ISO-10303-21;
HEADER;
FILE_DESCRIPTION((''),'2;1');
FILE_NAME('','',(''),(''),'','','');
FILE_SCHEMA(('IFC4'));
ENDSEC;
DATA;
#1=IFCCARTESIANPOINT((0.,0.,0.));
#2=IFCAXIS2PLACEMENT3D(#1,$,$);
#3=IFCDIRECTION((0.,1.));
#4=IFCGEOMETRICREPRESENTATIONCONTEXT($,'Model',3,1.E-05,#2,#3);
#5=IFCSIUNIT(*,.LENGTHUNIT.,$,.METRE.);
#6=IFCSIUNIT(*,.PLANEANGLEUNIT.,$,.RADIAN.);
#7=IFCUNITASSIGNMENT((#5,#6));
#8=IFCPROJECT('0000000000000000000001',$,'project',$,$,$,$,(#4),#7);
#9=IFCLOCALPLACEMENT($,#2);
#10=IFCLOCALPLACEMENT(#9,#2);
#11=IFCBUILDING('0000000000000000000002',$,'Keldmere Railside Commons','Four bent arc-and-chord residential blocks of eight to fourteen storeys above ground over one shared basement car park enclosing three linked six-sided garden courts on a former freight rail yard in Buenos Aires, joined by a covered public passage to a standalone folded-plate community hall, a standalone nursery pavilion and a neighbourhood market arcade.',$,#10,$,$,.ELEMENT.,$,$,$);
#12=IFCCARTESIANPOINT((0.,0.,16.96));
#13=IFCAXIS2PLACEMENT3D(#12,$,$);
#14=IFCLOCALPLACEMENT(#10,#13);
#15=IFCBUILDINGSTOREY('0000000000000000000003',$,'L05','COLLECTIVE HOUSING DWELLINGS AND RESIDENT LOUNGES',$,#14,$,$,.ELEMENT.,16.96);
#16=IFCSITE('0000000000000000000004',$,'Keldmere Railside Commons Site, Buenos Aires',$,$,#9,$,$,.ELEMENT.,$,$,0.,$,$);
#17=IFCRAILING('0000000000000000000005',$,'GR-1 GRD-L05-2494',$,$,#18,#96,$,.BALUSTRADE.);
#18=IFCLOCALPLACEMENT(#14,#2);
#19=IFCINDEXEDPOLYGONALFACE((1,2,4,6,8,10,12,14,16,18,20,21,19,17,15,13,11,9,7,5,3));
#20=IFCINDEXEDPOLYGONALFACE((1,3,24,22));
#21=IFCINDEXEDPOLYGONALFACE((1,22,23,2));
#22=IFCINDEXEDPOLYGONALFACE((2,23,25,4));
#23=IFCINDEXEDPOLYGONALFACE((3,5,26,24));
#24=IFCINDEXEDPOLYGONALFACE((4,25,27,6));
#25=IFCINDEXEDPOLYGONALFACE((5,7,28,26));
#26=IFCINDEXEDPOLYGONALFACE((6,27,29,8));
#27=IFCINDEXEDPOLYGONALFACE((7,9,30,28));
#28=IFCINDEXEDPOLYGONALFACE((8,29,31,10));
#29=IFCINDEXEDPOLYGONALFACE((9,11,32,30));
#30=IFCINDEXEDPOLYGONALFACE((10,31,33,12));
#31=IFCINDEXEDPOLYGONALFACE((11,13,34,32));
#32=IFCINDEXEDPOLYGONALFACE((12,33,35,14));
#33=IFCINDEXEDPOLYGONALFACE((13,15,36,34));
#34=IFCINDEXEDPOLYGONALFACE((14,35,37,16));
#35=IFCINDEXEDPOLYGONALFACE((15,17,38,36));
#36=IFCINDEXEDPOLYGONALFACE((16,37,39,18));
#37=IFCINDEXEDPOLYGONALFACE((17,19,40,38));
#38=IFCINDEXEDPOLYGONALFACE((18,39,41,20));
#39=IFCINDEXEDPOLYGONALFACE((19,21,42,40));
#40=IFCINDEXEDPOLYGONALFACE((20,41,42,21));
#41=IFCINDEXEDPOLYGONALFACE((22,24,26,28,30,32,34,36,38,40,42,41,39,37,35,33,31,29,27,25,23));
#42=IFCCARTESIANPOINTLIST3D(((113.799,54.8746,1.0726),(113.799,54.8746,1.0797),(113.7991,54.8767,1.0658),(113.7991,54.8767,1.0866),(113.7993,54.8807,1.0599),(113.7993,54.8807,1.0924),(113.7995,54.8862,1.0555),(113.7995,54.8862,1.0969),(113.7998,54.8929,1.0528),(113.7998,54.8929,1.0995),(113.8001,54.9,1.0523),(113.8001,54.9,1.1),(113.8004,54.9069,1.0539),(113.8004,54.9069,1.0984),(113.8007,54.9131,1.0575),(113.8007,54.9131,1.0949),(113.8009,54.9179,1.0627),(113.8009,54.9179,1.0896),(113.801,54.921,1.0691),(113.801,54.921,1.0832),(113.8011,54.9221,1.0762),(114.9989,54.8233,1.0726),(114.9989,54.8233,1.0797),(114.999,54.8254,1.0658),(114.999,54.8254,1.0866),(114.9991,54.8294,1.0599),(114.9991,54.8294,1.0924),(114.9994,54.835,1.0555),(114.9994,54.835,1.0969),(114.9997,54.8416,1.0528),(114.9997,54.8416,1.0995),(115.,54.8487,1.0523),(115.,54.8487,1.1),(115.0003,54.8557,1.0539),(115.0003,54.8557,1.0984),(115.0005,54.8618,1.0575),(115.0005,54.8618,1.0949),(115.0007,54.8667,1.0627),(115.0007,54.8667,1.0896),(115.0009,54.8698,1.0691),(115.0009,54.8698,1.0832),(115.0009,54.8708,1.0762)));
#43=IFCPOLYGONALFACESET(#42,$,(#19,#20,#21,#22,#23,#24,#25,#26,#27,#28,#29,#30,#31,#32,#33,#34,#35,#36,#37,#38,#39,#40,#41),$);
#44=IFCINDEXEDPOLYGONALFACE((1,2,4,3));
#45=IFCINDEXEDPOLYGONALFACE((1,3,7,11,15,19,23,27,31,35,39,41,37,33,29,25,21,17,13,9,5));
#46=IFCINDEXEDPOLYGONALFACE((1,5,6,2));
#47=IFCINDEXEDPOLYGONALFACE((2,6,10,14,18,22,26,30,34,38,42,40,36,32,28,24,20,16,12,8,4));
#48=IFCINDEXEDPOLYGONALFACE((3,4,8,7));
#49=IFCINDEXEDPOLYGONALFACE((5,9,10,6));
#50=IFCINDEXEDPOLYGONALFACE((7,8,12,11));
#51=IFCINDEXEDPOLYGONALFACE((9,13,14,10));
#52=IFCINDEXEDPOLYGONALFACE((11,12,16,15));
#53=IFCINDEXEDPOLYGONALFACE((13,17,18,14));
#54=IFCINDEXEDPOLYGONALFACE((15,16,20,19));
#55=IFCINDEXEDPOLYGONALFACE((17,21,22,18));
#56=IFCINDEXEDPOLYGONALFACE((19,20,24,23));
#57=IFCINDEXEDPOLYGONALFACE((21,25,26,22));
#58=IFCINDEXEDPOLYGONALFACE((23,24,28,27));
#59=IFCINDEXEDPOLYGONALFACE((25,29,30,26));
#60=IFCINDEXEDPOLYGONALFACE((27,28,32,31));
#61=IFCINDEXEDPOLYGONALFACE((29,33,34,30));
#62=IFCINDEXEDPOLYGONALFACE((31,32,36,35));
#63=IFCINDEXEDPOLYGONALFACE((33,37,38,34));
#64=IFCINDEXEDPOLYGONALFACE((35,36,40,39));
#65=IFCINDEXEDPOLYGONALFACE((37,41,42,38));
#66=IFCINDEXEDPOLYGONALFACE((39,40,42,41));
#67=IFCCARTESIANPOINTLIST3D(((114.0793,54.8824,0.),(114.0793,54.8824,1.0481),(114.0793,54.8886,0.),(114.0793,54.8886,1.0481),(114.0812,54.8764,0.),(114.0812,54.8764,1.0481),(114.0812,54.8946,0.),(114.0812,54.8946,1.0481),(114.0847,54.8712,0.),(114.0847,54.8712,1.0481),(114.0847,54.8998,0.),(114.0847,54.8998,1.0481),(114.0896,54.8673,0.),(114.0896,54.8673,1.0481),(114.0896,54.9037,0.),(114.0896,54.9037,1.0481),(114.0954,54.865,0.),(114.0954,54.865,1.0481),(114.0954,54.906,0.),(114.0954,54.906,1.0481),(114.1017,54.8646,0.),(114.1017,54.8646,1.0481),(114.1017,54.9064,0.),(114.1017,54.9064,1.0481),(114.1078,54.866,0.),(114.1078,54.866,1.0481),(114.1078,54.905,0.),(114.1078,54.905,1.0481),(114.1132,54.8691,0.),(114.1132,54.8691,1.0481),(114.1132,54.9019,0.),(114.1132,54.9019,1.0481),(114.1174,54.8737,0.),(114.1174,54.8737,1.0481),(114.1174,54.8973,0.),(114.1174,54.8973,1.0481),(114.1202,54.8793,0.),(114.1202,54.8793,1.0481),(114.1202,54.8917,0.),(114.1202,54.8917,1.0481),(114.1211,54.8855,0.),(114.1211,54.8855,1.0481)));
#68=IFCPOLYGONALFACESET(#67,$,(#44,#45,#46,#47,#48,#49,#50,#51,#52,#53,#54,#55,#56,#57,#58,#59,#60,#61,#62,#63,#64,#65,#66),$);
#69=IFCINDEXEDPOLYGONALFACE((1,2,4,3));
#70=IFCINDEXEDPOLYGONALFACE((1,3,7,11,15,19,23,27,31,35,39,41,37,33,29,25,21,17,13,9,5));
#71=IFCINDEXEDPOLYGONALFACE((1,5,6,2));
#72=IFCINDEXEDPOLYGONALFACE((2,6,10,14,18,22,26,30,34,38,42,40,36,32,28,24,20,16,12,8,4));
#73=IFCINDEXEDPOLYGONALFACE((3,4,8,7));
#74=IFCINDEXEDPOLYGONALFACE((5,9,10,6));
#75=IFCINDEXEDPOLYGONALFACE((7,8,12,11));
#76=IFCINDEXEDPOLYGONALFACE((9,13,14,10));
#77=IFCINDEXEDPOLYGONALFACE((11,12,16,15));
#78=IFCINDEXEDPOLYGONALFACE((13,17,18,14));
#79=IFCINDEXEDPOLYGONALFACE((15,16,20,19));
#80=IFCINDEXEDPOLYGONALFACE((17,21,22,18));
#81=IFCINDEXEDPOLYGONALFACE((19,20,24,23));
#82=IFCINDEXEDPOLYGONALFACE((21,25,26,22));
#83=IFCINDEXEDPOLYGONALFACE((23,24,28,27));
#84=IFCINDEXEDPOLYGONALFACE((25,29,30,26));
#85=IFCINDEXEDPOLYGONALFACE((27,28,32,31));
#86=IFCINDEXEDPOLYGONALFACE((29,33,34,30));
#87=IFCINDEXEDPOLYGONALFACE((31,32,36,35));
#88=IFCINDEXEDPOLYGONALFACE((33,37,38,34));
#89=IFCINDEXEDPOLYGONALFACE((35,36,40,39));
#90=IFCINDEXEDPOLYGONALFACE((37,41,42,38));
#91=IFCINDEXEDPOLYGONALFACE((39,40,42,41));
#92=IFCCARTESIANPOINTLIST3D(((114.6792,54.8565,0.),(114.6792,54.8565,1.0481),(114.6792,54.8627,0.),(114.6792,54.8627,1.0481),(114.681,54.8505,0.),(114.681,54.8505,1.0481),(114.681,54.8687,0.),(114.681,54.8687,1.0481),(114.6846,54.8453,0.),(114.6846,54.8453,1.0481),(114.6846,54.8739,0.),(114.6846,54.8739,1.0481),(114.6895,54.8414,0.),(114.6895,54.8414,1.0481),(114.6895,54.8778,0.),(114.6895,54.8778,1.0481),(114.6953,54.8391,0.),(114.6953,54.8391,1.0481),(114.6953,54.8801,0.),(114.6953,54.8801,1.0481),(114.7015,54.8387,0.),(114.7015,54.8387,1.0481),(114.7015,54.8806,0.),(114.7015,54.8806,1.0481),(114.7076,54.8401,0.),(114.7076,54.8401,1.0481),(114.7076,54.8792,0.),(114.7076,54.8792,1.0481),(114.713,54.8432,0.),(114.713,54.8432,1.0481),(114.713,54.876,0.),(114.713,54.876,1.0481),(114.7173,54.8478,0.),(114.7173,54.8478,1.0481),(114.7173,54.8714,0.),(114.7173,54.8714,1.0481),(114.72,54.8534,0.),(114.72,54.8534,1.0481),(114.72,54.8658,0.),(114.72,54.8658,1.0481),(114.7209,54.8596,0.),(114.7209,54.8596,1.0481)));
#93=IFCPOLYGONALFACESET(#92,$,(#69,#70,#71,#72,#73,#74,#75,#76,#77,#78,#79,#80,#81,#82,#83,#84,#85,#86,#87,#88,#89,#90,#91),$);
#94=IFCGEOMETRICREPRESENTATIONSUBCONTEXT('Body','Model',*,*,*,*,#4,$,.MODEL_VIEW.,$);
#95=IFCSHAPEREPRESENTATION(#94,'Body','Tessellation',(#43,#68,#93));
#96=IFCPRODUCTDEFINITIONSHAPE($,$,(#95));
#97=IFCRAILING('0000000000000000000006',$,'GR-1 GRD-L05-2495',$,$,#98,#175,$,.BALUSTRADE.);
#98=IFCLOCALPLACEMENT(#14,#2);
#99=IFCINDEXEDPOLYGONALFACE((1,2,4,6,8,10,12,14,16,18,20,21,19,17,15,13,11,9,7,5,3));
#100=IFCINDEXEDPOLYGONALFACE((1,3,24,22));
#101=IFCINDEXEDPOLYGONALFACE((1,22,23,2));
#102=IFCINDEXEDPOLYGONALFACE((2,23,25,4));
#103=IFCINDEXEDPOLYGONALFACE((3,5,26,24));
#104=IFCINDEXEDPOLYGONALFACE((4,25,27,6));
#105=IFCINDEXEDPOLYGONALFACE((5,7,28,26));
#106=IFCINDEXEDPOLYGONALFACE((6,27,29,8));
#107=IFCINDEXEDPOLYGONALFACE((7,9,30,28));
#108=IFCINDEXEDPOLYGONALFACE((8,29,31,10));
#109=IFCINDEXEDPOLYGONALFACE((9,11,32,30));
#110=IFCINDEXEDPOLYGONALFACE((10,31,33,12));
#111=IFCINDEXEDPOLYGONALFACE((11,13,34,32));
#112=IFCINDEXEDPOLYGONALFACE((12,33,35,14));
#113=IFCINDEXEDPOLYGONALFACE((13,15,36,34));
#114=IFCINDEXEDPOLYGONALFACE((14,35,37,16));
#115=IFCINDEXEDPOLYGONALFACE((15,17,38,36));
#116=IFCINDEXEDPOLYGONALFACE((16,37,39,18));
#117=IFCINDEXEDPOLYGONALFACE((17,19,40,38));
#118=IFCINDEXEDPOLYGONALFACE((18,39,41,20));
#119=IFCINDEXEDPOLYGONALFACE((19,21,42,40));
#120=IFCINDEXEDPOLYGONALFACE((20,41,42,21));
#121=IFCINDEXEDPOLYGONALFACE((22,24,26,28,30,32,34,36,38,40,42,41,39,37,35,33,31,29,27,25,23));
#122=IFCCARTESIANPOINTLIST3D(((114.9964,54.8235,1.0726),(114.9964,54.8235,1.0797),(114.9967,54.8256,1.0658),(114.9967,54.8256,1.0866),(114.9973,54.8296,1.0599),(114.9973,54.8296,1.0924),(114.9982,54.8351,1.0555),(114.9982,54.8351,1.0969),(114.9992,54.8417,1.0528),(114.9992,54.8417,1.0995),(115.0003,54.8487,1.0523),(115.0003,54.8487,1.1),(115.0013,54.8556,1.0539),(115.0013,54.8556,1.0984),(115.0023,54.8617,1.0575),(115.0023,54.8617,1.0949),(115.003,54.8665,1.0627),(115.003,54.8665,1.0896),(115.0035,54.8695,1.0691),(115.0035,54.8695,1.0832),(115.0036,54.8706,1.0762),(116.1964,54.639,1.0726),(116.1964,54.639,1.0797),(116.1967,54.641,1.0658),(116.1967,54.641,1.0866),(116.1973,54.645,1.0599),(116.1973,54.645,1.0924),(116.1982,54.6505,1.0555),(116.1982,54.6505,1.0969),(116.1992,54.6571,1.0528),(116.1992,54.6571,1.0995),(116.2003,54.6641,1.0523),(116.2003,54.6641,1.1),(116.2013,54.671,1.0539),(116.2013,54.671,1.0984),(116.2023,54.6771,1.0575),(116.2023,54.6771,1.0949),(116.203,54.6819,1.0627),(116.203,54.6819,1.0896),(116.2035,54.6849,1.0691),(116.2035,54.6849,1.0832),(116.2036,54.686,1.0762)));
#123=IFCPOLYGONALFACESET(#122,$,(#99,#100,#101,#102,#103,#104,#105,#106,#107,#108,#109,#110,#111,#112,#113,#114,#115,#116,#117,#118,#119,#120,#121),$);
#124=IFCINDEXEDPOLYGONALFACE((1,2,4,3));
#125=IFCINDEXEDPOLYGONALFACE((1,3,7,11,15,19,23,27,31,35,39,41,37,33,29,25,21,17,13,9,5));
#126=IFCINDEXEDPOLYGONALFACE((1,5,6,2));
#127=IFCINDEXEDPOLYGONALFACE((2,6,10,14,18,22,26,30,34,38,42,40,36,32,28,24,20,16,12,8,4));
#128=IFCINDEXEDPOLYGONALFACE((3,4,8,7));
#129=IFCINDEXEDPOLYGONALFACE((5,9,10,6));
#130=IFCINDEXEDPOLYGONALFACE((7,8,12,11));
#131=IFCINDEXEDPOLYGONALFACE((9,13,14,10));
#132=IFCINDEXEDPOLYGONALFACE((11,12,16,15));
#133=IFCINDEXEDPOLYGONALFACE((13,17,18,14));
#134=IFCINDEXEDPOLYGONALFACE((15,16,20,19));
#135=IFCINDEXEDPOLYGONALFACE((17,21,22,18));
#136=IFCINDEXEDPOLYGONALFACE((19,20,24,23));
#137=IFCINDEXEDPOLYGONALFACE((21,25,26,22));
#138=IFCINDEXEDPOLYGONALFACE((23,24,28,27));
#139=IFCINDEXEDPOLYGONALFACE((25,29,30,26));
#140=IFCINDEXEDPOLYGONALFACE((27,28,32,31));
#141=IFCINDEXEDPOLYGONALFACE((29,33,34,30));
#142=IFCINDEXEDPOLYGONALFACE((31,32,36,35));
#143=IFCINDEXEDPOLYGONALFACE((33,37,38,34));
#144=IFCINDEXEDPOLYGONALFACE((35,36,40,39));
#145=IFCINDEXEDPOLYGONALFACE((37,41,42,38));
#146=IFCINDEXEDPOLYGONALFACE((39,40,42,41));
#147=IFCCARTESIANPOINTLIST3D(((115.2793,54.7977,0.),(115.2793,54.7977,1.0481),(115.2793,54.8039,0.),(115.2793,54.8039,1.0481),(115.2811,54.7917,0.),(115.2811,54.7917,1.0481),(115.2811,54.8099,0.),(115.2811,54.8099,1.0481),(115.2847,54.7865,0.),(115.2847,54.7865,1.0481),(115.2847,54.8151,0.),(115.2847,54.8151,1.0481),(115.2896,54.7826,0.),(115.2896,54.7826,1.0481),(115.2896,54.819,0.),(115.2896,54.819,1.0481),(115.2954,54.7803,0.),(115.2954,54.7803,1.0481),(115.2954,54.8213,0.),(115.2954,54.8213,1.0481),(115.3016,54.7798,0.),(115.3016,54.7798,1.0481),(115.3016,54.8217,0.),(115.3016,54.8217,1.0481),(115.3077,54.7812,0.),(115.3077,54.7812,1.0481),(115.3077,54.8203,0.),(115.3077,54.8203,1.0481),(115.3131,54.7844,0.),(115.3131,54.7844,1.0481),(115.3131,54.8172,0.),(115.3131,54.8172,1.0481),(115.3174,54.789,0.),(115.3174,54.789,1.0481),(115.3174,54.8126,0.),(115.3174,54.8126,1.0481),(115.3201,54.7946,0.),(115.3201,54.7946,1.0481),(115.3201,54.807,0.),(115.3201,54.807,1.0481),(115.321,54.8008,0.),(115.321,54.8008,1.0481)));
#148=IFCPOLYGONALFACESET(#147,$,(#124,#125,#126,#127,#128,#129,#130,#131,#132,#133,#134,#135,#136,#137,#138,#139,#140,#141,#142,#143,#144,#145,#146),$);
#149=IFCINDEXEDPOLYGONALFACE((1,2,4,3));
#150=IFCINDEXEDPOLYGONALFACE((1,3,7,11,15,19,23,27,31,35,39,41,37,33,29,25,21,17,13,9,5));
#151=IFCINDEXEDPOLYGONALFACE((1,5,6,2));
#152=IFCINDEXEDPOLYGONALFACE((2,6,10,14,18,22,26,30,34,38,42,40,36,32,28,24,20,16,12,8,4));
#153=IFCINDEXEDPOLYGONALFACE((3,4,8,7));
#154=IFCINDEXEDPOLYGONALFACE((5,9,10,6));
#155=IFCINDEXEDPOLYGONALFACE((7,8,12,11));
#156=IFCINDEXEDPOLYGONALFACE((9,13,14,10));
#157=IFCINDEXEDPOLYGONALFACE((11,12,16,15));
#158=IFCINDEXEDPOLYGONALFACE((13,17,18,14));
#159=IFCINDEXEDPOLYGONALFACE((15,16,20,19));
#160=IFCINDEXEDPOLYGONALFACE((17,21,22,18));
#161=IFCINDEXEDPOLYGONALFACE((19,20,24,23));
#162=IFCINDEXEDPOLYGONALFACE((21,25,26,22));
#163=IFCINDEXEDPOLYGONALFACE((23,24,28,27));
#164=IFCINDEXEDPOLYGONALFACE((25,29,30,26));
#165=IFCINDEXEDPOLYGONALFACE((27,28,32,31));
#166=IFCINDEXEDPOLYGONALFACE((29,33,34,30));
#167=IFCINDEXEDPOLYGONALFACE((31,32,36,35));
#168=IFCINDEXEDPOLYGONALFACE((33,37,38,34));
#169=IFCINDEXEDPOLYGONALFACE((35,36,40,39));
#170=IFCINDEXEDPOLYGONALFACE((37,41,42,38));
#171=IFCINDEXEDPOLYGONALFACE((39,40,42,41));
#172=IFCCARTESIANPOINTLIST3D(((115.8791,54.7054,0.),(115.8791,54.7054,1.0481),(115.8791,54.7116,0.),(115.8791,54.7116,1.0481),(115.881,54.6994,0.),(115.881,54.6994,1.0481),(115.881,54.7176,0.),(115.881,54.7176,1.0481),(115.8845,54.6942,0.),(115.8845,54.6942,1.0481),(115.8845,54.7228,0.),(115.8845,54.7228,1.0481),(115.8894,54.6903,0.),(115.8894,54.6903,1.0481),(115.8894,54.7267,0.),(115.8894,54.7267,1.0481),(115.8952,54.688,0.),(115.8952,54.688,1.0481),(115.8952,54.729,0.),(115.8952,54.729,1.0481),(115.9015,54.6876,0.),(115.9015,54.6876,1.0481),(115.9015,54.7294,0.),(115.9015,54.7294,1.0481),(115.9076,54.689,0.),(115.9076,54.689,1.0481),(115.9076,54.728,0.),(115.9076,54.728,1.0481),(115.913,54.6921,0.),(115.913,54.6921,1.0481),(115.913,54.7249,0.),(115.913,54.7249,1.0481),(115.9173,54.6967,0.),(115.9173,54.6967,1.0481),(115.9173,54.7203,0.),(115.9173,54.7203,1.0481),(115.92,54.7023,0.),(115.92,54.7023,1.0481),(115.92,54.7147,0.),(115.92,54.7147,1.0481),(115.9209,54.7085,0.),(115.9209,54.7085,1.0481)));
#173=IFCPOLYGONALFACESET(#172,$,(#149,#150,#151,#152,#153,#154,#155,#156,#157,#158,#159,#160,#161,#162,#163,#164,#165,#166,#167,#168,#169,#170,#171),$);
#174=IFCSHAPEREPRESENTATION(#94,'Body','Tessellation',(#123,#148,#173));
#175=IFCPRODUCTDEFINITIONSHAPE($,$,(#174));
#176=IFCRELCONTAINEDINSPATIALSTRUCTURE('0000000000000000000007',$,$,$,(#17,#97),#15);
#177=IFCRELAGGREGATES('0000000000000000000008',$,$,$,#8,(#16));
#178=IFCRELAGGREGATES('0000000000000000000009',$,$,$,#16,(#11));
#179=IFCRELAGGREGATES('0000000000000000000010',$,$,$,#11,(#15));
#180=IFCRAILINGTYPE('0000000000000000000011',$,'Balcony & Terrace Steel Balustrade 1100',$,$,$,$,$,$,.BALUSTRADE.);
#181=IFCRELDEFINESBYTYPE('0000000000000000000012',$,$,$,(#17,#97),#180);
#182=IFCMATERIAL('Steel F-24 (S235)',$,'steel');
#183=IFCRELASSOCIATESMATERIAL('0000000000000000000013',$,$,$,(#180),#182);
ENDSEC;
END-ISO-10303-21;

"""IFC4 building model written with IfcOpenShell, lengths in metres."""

from ifc_helpers import new_model, si_unit, direction, frame, origin, origin_2d, place, context, subcontext, project, spatial, circle, extrude, material, type_object, element, save


model = new_model("IFC4")

# Units and contexts
model_context = context("Model", 3, precision=1e-05, world=origin(), true_north=direction((0.0, 1.0)))
body_context = subcontext(model_context, "Body", "Model", "MODEL_VIEW")
ifc_project = project(units=[si_unit("LENGTHUNIT", "METRE"), si_unit("PLANEANGLEUNIT", "RADIAN")], contexts=[model_context])

# Site, building, storey
site_placement = place(None, origin())
site = spatial("IfcSite", under=ifc_project, at=site_placement, Name="Keldmere Railside Commons Site, Buenos Aires", CompositionType="ELEMENT", RefElevation=0.0)
building_placement = place(site_placement, origin())
building = spatial("IfcBuilding", under=site, at=building_placement, Name="Keldmere Railside Commons", Description="Four bent arc-and-chord residential blocks of eight to fourteen storeys above ground over one shared basement car park enclosing three linked six-sided garden courts on a former freight rail yard in Buenos Aires, joined by a covered public passage to a standalone folded-plate community hall, a standalone nursery pavilion and a neighbourhood market arcade.", CompositionType="ELEMENT")
storey_placement = place(building_placement, frame((0.0, 0.0, 16.96)))
storey = spatial("IfcBuildingStorey", under=building, at=storey_placement, Name="L05", Description="COLLECTIVE HOUSING DWELLINGS AND RESIDENT LOUNGES", CompositionType="ELEMENT", Elevation=16.96)

# Shared definitions
ifc_material_1 = material(Name="Steel F-24 (S235)", Category="steel")

# Railings
railing_type = type_object("IfcRailingType", Name="Balcony & Terrace Steel Balustrade 1100", PredefinedType="BALUSTRADE", material=ifc_material_1)
railing_1_placement = place(storey_placement, frame((113.8, 54.8982, 0.0)))
element("IfcRailing", 1, at=railing_1_placement, inside=storey, type_object=railing_type, Name="GR-1 GRD-L05-2494", PredefinedType="BALUSTRADE", context=body_context, shape_type="SweptSolid", body=[
    extrude(circle(Radius=0.0239, at=origin_2d()), frame((0.0, 0.0, 1.0762), z_axis=(0.999088, -0.042687, 0.0), x_axis=(0.042687, 0.999088, 0.0)), (0.0, 0.0, 1.0), 1.2009),
    extrude(circle(Radius=0.021, at=origin_2d()), frame((0.3, -0.0127, 0.0)), (0.0, 0.0, 1.0), 1.0481),
    extrude(circle(Radius=0.021, at=origin_2d()), frame((0.8999, -0.0386, 0.0)), (0.0, 0.0, 1.0), 1.0481),
])
railing_2_placement = place(storey_placement, frame((115.0, 54.8469, 0.0)))
element("IfcRailing", 2, at=railing_2_placement, inside=storey, type_object=railing_type, Name="GR-1 GRD-L05-2495", PredefinedType="BALUSTRADE", context=body_context, shape_type="SweptSolid", body=[
    extrude(circle(Radius=0.0239, at=origin_2d()), frame((0.0, 0.0, 1.0762), z_axis=(0.988376, -0.152027, 0.0), x_axis=(0.152027, 0.988376, 0.0)), (0.0, 0.0, 1.0), 1.2141),
    extrude(circle(Radius=0.021, at=origin_2d()), frame((0.3, -0.0461, 0.0)), (0.0, 0.0, 1.0), 1.0481),
    extrude(circle(Radius=0.021, at=origin_2d()), frame((0.8999, -0.1384, 0.0)), (0.0, 0.0, 1.0), 1.0481),
])

save(model, "model.ifc")
